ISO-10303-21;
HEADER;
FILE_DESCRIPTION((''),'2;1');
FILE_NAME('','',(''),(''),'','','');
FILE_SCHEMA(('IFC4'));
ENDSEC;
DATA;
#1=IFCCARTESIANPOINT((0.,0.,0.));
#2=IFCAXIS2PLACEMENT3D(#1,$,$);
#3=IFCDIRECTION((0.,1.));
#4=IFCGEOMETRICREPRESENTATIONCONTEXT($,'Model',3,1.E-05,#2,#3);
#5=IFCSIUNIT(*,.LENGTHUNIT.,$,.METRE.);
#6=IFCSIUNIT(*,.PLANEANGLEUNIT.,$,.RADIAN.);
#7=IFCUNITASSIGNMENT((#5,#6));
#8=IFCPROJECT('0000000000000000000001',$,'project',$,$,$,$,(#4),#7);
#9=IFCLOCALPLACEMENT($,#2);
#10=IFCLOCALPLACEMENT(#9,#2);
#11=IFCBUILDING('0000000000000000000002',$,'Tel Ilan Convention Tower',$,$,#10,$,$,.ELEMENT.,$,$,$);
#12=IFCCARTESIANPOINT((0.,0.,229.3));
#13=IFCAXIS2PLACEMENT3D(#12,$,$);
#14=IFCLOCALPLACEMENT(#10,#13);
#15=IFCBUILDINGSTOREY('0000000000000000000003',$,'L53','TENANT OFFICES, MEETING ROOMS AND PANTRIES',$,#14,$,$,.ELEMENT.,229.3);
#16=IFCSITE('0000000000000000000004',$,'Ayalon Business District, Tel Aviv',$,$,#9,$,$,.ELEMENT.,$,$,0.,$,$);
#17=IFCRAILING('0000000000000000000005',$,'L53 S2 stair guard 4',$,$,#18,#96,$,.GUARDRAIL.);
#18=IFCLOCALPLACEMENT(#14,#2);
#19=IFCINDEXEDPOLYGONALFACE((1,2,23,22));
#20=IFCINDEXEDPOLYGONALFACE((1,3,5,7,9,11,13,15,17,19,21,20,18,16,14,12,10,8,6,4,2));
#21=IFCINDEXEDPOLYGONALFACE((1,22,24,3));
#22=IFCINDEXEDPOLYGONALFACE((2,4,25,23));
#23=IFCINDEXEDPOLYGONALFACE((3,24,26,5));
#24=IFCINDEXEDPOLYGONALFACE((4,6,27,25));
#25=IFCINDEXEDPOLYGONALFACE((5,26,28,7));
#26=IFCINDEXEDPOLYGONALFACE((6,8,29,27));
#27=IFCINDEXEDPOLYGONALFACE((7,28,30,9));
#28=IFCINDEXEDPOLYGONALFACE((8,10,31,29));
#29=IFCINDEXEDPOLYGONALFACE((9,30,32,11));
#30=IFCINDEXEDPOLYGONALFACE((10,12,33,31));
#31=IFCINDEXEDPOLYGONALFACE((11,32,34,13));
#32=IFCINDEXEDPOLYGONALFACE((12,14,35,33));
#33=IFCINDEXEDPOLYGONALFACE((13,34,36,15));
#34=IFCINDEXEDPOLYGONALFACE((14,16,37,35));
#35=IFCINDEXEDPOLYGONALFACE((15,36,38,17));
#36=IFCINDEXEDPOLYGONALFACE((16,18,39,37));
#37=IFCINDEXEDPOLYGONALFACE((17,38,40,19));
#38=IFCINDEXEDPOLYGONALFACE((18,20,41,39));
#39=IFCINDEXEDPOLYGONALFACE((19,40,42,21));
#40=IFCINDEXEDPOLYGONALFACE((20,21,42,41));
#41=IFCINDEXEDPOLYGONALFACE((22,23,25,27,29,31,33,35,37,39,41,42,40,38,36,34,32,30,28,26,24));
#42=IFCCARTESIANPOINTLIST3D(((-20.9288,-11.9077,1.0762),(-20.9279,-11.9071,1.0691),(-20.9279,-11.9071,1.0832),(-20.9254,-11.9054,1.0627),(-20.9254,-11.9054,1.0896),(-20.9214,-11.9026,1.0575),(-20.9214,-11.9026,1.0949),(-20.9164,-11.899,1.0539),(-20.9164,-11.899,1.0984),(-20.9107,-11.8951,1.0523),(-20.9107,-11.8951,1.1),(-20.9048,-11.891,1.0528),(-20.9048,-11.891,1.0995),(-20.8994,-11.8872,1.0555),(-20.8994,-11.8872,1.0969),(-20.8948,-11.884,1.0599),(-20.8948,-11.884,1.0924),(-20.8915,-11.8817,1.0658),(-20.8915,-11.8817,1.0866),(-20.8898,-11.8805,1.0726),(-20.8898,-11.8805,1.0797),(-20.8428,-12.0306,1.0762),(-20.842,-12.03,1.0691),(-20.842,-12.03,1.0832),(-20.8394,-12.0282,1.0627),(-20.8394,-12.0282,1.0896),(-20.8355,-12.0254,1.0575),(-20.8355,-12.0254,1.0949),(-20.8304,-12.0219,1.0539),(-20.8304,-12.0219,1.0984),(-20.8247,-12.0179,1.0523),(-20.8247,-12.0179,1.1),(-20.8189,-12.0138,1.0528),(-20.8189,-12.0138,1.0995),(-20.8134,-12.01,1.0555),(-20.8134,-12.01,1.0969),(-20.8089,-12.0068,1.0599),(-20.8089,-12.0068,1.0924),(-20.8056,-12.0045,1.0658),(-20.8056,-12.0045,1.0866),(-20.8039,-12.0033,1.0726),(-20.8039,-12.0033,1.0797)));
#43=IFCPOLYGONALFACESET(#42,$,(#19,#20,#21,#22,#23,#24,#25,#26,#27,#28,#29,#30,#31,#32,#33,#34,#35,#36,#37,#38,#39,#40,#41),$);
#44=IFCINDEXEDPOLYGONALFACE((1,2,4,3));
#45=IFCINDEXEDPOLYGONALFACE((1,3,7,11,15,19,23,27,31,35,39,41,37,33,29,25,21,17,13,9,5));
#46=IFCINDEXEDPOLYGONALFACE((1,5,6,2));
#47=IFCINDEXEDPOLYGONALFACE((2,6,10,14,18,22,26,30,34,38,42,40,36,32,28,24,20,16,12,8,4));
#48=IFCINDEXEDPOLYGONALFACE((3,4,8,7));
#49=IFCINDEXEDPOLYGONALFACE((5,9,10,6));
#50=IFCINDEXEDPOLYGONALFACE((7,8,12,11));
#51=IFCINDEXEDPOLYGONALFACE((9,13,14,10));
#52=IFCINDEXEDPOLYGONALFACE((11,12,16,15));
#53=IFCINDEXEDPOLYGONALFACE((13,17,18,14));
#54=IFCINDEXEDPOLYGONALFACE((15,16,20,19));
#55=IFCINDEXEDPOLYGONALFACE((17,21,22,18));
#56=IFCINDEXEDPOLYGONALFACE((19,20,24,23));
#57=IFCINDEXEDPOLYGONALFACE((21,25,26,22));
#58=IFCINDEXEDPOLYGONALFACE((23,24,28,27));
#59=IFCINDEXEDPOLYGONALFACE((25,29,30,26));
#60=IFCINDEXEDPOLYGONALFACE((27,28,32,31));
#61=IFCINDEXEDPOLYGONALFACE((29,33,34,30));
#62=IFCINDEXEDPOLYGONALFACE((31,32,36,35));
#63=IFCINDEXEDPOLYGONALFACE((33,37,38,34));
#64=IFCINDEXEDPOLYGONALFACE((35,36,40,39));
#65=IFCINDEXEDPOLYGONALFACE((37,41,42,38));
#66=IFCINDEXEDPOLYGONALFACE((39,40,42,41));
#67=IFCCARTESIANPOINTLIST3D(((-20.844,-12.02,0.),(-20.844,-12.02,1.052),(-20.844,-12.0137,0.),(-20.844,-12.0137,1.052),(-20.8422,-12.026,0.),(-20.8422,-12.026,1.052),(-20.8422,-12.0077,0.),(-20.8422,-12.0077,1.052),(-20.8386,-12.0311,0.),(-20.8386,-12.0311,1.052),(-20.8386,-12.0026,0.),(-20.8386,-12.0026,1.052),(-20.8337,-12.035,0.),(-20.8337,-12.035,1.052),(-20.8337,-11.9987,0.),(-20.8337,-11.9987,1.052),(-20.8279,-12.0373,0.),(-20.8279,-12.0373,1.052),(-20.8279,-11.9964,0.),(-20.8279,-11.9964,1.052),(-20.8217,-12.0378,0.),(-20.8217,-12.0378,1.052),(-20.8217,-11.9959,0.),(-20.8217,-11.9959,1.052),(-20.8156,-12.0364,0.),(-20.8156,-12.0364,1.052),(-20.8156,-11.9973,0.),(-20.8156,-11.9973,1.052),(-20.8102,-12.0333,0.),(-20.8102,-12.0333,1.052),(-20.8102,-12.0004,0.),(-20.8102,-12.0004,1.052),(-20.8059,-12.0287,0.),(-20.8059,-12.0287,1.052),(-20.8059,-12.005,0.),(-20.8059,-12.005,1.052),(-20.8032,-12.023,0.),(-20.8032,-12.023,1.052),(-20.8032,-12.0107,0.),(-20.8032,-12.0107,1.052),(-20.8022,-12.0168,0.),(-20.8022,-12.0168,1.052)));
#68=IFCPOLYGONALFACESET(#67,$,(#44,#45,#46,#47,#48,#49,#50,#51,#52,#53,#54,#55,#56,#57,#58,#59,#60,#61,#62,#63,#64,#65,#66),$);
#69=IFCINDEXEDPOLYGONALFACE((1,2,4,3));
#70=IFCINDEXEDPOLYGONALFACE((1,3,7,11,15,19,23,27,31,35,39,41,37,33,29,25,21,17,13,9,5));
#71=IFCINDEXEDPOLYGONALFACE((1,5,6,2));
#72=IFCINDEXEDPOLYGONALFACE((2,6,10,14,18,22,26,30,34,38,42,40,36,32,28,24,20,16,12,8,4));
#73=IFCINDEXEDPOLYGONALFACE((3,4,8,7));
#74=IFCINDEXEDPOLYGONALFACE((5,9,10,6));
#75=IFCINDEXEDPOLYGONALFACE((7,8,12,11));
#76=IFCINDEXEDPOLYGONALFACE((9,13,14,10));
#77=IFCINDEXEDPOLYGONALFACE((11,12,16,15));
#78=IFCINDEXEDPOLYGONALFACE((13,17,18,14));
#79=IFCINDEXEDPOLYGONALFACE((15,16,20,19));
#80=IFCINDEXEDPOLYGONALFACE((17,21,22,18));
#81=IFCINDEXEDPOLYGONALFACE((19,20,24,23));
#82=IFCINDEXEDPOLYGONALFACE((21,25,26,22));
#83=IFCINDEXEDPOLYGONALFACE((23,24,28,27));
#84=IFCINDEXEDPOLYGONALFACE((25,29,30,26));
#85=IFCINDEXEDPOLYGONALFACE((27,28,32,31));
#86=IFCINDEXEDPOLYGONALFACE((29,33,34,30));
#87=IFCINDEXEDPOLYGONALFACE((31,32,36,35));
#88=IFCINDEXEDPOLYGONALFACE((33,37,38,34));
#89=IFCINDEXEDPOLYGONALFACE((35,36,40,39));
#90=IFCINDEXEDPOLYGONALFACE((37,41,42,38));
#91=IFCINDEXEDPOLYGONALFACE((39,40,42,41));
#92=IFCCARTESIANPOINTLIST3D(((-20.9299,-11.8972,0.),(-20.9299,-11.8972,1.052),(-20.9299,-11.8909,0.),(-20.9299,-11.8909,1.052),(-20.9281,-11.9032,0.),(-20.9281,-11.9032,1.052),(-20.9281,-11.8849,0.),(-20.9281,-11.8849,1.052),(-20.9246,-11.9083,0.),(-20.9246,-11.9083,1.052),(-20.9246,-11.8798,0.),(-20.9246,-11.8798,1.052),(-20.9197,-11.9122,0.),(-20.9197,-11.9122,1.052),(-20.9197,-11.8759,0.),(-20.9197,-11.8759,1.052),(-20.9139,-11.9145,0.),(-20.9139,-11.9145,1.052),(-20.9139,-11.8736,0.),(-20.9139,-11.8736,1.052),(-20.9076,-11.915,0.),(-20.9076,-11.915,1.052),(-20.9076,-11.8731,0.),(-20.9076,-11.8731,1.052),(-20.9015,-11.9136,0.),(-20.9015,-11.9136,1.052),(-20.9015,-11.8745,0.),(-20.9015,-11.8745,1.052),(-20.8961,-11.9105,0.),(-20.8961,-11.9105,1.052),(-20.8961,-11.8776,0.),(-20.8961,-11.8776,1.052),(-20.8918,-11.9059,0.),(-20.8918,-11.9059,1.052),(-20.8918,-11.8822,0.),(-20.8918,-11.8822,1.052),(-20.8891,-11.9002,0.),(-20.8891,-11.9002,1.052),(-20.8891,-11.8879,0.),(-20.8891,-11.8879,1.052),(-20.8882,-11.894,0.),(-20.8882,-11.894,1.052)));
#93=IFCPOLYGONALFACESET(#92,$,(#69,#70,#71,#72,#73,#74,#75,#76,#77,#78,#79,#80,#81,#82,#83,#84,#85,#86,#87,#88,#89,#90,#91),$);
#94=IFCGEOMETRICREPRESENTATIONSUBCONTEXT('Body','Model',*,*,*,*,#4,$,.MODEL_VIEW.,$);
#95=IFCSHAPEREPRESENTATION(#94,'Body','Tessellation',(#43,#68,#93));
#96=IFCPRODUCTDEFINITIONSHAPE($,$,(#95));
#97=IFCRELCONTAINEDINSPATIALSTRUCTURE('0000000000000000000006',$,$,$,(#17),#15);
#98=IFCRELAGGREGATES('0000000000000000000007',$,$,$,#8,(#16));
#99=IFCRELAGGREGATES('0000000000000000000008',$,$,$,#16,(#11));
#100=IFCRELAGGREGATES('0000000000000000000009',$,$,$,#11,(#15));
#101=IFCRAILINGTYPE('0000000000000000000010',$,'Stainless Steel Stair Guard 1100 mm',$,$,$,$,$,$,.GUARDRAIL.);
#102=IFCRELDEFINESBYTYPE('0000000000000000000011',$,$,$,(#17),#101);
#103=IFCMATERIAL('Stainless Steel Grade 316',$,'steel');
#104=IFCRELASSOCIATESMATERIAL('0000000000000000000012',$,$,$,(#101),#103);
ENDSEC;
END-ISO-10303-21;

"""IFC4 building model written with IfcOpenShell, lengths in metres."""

from ifc_helpers import new_model, si_unit, direction, frame, origin, origin_2d, place, context, subcontext, project, spatial, circle, extrude, material, type_object, element, save


model = new_model("IFC4")

# Units and contexts
model_context = context("Model", 3, precision=1e-05, world=origin(), true_north=direction((0.0, 1.0)))
body_context = subcontext(model_context, "Body", "Model", "MODEL_VIEW")
ifc_project = project(units=[si_unit("LENGTHUNIT", "METRE"), si_unit("PLANEANGLEUNIT", "RADIAN")], contexts=[model_context])

# Site, building, storey
site_placement = place(None, origin())
site = spatial("IfcSite", under=ifc_project, at=site_placement, Name="Ayalon Business District, Tel Aviv", CompositionType="ELEMENT", RefElevation=0.0)
building_placement = place(site_placement, origin())
building = spatial("IfcBuilding", under=site, at=building_placement, Name="Tel Ilan Convention Tower", CompositionType="ELEMENT")
storey_placement = place(building_placement, frame((0.0, 0.0, 229.3)))
storey = spatial("IfcBuildingStorey", under=building, at=storey_placement, Name="L53", Description="TENANT OFFICES, MEETING ROOMS AND PANTRIES", CompositionType="ELEMENT", Elevation=229.3)

# Railing
ifc_material_1 = material(Name="Stainless Steel Grade 316", Category="steel")
railing_type_1 = type_object("IfcRailingType", Name="Stainless Steel Stair Guard 1100 mm", PredefinedType="GUARDRAIL", material=ifc_material_1)
railing_1_placement = place(storey_placement, frame((-20.8232, -12.0168, 0.0)))
element("IfcRailing", 1, at=railing_1_placement, inside=storey, type_object=railing_type_1, Name="L53 S2 stair guard 4", PredefinedType="GUARDRAIL", context=body_context, shape_type="SweptSolid", body=[
    extrude(circle(Radius=0.0239, at=origin_2d()), frame((0.0, 0.0, 1.0762), z_axis=(-0.573353, 0.819308, 0.0), x_axis=(-0.819308, -0.573353, 0.0)), (0.0, 0.0, 1.0), 0.1499),
    extrude(circle(Radius=0.021, at=origin_2d()), origin(), (0.0, 0.0, 1.0), 1.052),
    extrude(circle(Radius=0.021, at=origin_2d()), frame((-0.0859, 0.1228, 0.0)), (0.0, 0.0, 1.0), 1.052),
])

save(model, "model.ifc")
